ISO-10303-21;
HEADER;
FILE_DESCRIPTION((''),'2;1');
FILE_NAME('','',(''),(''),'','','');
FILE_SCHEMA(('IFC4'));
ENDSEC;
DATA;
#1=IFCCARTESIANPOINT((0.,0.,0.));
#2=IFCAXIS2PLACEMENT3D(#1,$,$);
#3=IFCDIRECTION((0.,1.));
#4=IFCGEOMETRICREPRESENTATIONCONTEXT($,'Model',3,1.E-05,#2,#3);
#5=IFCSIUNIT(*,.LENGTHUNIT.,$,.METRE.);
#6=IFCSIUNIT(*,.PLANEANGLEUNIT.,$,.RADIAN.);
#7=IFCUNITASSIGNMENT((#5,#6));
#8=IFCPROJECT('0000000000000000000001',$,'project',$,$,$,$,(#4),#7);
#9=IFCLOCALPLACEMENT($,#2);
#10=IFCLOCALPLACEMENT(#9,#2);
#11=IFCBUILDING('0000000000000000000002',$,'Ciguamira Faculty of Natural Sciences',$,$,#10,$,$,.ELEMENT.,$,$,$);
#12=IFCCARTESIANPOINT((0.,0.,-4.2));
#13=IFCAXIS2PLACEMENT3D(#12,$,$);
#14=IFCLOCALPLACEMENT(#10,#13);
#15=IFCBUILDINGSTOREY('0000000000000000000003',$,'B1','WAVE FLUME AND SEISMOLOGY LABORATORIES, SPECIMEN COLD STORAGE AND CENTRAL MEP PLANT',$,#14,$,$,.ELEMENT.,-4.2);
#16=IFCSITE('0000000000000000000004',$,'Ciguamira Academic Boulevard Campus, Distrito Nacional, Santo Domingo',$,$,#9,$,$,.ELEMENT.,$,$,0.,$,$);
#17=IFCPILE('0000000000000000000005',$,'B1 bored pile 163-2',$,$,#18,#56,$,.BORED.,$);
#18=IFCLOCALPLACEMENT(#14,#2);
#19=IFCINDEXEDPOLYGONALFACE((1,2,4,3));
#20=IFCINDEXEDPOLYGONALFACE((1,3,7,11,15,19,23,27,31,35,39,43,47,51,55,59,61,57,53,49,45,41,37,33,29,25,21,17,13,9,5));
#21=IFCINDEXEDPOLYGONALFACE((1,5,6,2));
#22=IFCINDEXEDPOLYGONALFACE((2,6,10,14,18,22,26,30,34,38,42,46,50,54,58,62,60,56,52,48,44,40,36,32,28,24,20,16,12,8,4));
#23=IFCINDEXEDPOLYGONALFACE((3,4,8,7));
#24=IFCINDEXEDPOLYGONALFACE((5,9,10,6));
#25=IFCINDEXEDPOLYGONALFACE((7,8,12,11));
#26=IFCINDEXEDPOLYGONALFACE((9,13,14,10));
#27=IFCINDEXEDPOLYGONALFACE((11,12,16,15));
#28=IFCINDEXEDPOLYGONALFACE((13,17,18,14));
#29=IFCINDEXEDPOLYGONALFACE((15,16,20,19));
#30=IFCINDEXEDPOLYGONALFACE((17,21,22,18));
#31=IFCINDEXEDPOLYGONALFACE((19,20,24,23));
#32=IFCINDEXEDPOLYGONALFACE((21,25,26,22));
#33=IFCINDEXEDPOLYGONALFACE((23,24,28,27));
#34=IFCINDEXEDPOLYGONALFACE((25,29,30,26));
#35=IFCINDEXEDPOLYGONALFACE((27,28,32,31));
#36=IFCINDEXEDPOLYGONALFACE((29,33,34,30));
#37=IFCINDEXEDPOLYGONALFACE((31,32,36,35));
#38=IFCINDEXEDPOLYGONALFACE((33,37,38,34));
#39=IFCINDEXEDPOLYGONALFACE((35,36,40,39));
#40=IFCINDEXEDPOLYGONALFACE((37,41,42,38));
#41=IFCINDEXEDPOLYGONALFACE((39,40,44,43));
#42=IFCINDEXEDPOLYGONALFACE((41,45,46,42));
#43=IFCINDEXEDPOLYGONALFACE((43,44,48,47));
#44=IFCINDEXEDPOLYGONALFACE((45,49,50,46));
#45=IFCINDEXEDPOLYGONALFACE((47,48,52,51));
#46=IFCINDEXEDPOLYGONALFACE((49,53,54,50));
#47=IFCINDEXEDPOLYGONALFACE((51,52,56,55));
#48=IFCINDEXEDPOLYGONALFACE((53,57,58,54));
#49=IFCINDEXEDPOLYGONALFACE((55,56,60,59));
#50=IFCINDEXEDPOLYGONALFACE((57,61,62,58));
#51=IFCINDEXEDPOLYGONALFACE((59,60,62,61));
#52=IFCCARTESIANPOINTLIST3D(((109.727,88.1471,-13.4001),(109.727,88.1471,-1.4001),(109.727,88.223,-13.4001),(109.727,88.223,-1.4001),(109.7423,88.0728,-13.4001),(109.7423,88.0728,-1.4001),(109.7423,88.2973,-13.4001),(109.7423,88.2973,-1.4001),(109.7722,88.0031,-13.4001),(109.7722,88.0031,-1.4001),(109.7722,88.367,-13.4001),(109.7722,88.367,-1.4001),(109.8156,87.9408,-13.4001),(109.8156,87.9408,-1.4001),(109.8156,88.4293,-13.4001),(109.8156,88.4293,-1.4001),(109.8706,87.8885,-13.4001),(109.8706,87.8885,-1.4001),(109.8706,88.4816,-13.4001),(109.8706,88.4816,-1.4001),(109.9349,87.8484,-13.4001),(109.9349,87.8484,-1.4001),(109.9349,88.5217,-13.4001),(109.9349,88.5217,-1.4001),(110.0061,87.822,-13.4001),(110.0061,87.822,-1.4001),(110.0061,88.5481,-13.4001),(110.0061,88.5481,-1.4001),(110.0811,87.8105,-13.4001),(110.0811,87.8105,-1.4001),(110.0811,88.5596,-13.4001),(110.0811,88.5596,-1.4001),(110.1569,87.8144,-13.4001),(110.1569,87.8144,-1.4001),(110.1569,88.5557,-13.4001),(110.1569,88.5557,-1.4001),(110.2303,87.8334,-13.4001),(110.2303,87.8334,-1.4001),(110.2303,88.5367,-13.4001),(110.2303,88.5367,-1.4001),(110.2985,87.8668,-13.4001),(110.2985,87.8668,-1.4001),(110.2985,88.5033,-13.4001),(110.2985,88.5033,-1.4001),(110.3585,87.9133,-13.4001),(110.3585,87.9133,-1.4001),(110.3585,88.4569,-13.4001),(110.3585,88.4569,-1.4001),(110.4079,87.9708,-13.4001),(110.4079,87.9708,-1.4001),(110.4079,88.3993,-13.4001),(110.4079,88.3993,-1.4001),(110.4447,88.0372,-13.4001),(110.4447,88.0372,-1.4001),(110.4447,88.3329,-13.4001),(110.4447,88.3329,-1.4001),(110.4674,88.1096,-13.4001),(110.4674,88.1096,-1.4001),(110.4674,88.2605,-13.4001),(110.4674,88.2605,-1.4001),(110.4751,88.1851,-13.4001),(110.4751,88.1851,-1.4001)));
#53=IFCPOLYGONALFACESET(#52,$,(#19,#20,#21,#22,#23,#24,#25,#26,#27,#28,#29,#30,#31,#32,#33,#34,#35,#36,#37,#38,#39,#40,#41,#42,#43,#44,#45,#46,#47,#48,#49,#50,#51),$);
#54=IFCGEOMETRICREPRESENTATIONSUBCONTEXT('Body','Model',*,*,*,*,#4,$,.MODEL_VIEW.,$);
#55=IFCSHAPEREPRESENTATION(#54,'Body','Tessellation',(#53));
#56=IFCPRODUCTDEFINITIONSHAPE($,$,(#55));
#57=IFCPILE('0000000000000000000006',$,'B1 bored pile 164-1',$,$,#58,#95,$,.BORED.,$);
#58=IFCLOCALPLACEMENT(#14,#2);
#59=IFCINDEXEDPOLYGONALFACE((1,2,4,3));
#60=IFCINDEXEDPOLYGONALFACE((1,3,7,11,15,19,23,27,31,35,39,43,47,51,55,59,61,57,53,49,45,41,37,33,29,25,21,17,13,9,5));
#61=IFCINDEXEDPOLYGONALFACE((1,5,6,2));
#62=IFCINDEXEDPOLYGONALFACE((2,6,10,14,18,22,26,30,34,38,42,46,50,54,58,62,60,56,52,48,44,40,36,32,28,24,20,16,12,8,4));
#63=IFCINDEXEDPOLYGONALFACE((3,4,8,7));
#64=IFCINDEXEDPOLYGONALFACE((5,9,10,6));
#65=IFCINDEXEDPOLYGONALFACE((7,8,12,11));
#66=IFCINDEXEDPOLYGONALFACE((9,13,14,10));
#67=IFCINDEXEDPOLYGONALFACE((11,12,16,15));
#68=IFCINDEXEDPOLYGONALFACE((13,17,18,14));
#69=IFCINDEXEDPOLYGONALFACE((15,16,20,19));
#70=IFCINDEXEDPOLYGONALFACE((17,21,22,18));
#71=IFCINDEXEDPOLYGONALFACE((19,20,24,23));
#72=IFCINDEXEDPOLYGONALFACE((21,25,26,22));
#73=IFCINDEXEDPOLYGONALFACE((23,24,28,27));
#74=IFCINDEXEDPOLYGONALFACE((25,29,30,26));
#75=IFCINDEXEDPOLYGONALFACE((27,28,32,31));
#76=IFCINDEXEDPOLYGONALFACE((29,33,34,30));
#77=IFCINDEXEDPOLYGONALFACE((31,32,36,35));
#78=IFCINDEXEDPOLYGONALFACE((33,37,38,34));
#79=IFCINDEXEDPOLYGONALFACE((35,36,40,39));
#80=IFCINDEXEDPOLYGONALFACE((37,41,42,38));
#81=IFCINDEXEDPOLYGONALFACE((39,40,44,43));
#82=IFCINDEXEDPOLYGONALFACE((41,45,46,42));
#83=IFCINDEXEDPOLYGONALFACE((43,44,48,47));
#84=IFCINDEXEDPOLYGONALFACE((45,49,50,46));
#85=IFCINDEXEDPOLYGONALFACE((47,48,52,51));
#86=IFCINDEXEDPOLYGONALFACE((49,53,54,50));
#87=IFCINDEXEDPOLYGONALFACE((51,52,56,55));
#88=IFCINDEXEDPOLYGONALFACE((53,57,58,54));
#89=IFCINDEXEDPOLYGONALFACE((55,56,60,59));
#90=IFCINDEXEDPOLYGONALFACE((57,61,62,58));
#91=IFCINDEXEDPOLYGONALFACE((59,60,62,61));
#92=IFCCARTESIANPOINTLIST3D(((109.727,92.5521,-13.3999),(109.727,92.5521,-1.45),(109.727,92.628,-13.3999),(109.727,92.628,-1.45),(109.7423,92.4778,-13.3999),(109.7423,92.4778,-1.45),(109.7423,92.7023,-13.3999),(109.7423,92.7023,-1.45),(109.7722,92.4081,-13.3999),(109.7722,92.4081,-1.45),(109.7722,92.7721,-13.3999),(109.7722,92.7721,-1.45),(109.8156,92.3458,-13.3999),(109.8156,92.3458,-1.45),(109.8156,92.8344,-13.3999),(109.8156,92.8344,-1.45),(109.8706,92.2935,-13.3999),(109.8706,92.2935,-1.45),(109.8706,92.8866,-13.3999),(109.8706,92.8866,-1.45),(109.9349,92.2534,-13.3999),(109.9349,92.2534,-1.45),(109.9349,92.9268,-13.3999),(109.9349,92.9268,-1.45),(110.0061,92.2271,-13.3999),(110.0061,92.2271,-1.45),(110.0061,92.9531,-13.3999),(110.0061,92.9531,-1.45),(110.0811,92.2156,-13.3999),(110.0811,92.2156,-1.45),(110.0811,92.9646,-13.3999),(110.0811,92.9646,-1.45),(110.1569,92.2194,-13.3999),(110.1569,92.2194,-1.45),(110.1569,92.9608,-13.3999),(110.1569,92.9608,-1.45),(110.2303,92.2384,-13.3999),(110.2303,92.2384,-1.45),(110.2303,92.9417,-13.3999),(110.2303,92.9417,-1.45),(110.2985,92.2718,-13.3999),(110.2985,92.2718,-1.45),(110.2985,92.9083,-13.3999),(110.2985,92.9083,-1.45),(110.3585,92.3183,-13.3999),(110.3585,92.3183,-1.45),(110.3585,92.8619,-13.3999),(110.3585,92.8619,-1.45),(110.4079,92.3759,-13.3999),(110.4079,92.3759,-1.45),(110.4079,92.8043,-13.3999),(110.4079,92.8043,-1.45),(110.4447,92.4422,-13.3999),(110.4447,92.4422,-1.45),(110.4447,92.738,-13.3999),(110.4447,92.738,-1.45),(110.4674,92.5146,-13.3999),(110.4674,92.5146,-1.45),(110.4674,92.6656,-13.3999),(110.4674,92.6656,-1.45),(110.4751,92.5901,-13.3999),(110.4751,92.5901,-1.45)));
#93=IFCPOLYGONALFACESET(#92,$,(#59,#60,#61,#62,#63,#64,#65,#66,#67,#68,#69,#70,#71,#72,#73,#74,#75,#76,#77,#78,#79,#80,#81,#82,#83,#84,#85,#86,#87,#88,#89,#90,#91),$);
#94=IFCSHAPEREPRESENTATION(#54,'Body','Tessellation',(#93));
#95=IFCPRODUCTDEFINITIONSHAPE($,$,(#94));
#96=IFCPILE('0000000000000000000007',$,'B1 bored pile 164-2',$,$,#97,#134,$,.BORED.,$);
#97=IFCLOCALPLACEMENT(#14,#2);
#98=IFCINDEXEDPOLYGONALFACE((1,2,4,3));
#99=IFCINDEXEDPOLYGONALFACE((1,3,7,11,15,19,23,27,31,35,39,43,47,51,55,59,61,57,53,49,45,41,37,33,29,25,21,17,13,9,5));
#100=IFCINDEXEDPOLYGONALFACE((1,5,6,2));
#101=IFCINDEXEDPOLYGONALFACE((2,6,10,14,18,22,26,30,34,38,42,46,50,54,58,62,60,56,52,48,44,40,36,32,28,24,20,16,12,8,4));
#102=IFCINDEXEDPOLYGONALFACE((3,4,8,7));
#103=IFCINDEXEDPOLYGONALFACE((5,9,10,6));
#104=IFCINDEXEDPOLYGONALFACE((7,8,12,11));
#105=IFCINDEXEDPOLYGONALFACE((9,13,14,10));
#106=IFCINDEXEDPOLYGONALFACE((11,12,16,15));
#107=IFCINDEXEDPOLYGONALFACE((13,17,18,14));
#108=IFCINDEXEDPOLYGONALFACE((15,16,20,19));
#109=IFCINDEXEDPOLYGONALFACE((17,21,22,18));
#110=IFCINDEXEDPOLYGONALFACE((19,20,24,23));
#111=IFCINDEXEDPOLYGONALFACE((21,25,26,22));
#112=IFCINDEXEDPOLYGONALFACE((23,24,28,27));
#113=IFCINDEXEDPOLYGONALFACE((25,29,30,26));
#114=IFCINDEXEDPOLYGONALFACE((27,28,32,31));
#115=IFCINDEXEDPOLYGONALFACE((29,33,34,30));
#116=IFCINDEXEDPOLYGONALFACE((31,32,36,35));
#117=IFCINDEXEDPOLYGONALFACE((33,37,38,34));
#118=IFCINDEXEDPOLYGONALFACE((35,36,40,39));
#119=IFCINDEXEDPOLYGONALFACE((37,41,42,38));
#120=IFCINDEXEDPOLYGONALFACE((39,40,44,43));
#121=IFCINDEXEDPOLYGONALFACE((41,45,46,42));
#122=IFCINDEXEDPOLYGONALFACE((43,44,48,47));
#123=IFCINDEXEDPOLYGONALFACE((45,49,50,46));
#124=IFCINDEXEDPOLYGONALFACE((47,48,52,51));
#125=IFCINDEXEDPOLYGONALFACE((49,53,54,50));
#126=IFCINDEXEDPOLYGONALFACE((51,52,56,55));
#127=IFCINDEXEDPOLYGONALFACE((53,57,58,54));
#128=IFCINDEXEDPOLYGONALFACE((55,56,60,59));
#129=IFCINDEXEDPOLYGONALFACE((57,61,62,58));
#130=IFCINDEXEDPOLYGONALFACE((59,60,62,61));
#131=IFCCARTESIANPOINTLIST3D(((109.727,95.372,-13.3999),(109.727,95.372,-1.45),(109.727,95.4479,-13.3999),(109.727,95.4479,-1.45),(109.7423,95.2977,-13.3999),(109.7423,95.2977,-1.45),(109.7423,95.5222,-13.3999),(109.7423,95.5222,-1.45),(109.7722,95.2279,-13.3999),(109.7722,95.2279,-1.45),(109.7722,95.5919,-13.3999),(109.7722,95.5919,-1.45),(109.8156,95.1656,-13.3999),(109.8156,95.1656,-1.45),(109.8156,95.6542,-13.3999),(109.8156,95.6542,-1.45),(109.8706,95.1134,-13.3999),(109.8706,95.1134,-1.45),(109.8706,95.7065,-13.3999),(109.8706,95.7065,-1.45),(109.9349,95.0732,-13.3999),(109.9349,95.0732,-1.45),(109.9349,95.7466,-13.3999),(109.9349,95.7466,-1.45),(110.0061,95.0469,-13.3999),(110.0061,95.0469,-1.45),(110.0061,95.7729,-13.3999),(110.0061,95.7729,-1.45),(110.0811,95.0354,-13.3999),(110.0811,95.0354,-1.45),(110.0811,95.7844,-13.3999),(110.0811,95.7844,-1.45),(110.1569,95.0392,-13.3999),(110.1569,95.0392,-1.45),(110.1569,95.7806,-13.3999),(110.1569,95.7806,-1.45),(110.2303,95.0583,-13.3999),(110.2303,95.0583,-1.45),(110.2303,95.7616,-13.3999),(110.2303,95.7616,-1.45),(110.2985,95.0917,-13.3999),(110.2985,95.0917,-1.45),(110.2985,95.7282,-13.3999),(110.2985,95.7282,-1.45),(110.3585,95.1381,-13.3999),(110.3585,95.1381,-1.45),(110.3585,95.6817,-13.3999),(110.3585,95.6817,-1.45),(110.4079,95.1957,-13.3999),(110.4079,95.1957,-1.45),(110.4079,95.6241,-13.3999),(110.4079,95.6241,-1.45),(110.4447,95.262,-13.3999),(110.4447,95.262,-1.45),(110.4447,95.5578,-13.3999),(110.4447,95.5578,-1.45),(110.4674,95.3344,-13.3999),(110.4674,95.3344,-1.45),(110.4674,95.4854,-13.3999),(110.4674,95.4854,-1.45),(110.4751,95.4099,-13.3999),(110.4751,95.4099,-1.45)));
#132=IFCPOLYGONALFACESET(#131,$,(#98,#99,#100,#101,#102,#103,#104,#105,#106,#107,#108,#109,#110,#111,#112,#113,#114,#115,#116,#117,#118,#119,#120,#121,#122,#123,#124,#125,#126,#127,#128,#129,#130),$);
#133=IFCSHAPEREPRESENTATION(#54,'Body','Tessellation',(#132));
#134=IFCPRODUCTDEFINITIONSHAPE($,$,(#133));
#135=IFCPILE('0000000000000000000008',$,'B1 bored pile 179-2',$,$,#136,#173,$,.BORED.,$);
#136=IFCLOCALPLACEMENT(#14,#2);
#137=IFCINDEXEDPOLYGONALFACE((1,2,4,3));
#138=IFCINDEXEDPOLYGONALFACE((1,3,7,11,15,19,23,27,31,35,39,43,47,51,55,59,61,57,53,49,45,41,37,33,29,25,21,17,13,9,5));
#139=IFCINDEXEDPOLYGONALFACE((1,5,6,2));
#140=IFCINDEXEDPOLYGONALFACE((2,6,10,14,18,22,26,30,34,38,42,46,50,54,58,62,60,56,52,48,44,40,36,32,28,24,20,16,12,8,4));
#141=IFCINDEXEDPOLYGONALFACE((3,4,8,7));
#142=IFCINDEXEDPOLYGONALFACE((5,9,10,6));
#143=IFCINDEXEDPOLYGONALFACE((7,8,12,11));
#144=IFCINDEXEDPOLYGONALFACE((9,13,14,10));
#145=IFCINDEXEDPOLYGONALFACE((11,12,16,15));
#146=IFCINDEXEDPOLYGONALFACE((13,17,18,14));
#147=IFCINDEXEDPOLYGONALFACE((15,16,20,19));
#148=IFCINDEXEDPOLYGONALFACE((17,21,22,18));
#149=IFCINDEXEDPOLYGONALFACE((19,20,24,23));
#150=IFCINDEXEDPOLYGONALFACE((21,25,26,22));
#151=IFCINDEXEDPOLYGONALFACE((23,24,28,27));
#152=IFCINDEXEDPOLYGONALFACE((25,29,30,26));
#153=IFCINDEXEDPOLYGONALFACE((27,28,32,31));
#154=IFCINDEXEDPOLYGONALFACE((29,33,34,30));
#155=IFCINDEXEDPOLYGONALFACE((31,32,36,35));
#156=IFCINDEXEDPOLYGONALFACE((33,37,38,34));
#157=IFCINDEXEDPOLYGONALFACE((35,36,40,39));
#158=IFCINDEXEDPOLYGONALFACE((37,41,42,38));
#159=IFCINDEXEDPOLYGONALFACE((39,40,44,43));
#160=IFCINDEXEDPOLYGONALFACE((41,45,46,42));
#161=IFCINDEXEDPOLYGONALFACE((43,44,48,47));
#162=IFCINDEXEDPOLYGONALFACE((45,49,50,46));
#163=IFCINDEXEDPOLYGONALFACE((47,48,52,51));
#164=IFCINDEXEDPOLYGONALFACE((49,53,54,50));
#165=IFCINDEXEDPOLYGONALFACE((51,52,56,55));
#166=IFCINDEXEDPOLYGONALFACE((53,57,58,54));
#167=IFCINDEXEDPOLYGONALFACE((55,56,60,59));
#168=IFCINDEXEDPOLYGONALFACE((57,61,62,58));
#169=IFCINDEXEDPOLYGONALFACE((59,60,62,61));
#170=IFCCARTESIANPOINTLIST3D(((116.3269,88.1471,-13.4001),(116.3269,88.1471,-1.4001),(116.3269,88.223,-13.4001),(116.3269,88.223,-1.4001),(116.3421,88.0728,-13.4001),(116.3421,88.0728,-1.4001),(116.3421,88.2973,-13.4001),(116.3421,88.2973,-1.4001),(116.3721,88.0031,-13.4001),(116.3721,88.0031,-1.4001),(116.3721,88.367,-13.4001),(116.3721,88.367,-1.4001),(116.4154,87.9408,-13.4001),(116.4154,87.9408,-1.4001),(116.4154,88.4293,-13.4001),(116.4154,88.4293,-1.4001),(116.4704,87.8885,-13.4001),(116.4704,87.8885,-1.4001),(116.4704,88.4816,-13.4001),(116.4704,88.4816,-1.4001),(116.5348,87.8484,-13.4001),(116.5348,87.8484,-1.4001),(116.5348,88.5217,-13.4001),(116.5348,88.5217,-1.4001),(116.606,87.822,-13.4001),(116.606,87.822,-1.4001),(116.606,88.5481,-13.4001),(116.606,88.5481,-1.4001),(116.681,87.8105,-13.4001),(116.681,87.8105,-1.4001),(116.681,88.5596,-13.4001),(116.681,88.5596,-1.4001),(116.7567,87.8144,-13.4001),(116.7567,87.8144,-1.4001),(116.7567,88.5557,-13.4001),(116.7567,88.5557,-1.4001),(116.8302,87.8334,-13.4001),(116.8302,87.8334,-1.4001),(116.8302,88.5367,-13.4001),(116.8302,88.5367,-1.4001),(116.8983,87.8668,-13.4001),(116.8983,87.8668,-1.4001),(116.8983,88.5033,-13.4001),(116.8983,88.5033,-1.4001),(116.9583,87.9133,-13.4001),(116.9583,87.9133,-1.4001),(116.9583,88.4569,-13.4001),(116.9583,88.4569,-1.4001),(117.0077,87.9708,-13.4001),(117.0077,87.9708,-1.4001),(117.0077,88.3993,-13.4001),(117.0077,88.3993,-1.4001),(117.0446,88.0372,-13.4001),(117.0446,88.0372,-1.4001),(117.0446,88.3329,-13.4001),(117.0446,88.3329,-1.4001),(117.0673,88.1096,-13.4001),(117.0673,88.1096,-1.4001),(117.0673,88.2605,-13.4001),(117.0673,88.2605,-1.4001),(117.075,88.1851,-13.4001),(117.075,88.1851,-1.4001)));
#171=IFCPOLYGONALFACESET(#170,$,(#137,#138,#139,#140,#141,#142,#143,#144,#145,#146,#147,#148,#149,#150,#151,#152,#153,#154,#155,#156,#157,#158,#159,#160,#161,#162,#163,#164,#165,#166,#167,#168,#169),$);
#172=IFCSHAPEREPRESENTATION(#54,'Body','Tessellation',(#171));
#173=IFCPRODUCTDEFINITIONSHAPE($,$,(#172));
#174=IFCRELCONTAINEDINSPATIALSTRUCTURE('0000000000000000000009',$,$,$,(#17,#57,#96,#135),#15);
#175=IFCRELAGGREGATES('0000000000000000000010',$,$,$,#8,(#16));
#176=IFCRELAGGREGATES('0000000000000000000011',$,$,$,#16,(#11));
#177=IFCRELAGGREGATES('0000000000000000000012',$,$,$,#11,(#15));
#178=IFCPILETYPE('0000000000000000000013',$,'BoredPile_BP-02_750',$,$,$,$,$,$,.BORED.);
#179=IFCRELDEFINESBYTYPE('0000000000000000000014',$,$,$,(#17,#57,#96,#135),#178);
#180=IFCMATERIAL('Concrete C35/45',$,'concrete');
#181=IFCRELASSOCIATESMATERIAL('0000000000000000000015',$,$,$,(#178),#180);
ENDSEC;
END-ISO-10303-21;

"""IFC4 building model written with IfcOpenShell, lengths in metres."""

from ifc_helpers import new_model, si_unit, direction, frame, origin, origin_2d, place, context, subcontext, project, spatial, circle, extrude, material, material_profile, profile_set, type_object, element, save


model = new_model("IFC4")

# Units and contexts
model_context = context("Model", 3, precision=1e-05, world=origin(), true_north=direction((0.0, 1.0)))
body_context = subcontext(model_context, "Body", "Model", "MODEL_VIEW")
ifc_project = project(units=[si_unit("LENGTHUNIT", "METRE"), si_unit("PLANEANGLEUNIT", "RADIAN")], contexts=[model_context])

# Site, building, storey
site_placement = place(None, origin())
site = spatial("IfcSite", under=ifc_project, at=site_placement, Name="Ciguamira Academic Boulevard Campus, Distrito Nacional, Santo Domingo", CompositionType="ELEMENT", RefElevation=0.0)
building_placement = place(site_placement, origin())
building = spatial("IfcBuilding", under=site, at=building_placement, Name="Ciguamira Faculty of Natural Sciences", CompositionType="ELEMENT")
storey_placement = place(building_placement, frame((0.0, 0.0, -4.2)))
storey = spatial("IfcBuildingStorey", under=building, at=storey_placement, Name="B1", Description="WAVE FLUME AND SEISMOLOGY LABORATORIES, SPECIMEN COLD STORAGE AND CENTRAL MEP PLANT", CompositionType="ELEMENT", Elevation=-4.2)

# Piles
ifc_material_1 = material(Name="Concrete C35/45", Category="concrete")
ifc_material_profile_1 = material_profile(ifc_material_1, circle(Radius=0.375, at=origin_2d()), Name="PILE-BORED-750")
ifc_profile_set_1 = profile_set([ifc_material_profile_1], Name="Concrete C35/45")
pile_type_1 = type_object("IfcPileType", Name="BoredPile_BP-02_750", PredefinedType="BORED", material=ifc_profile_set_1)
pile_1_placement = place(storey_placement, frame((110.1001, 88.1851, -1.4001), z_axis=(0.0, 0.0, -1.0), x_axis=(1.0, 0.0, 0.0)))
element("IfcPile", 1, at=pile_1_placement, inside=storey, type_object=pile_type_1, Name="B1 bored pile 163-2", PredefinedType="BORED", context=body_context, shape_type="SweptSolid", body=[
    extrude(circle(Radius=0.375, at=origin_2d()), origin(), (0.0, 0.0, 1.0), 12.0),
])
for number, where, z_axis, x_axis, name in (
    (2, (110.1001, 92.5901, -1.45), (0.0, 0.0, -1.0), (1.0, 0.0, 0.0), "B1 bored pile 164-1"),
    (3, (110.1001, 95.4099, -1.45), (0.0, 0.0, -1.0), (1.0, 0.0, 0.0), "B1 bored pile 164-2"),
):
    element("IfcPile", number, at=place(storey_placement, frame(where, z_axis=z_axis, x_axis=x_axis)), inside=storey, type_object=pile_type_1, Name=name, PredefinedType="BORED", context=body_context, shape_type="SweptSolid", body=[
        extrude(circle(Radius=0.375, at=origin_2d()), origin(), (0.0, 0.0, 1.0), 11.95),
    ])
pile_2_placement = place(storey_placement, frame((116.7, 88.1851, -1.4001), z_axis=(0.0, 0.0, -1.0), x_axis=(1.0, 0.0, 0.0)))
element("IfcPile", 4, at=pile_2_placement, inside=storey, type_object=pile_type_1, Name="B1 bored pile 179-2", PredefinedType="BORED", context=body_context, shape_type="SweptSolid", body=[
    extrude(circle(Radius=0.375, at=origin_2d()), origin(), (0.0, 0.0, 1.0), 12.0),
])

save(model, "model.ifc")
